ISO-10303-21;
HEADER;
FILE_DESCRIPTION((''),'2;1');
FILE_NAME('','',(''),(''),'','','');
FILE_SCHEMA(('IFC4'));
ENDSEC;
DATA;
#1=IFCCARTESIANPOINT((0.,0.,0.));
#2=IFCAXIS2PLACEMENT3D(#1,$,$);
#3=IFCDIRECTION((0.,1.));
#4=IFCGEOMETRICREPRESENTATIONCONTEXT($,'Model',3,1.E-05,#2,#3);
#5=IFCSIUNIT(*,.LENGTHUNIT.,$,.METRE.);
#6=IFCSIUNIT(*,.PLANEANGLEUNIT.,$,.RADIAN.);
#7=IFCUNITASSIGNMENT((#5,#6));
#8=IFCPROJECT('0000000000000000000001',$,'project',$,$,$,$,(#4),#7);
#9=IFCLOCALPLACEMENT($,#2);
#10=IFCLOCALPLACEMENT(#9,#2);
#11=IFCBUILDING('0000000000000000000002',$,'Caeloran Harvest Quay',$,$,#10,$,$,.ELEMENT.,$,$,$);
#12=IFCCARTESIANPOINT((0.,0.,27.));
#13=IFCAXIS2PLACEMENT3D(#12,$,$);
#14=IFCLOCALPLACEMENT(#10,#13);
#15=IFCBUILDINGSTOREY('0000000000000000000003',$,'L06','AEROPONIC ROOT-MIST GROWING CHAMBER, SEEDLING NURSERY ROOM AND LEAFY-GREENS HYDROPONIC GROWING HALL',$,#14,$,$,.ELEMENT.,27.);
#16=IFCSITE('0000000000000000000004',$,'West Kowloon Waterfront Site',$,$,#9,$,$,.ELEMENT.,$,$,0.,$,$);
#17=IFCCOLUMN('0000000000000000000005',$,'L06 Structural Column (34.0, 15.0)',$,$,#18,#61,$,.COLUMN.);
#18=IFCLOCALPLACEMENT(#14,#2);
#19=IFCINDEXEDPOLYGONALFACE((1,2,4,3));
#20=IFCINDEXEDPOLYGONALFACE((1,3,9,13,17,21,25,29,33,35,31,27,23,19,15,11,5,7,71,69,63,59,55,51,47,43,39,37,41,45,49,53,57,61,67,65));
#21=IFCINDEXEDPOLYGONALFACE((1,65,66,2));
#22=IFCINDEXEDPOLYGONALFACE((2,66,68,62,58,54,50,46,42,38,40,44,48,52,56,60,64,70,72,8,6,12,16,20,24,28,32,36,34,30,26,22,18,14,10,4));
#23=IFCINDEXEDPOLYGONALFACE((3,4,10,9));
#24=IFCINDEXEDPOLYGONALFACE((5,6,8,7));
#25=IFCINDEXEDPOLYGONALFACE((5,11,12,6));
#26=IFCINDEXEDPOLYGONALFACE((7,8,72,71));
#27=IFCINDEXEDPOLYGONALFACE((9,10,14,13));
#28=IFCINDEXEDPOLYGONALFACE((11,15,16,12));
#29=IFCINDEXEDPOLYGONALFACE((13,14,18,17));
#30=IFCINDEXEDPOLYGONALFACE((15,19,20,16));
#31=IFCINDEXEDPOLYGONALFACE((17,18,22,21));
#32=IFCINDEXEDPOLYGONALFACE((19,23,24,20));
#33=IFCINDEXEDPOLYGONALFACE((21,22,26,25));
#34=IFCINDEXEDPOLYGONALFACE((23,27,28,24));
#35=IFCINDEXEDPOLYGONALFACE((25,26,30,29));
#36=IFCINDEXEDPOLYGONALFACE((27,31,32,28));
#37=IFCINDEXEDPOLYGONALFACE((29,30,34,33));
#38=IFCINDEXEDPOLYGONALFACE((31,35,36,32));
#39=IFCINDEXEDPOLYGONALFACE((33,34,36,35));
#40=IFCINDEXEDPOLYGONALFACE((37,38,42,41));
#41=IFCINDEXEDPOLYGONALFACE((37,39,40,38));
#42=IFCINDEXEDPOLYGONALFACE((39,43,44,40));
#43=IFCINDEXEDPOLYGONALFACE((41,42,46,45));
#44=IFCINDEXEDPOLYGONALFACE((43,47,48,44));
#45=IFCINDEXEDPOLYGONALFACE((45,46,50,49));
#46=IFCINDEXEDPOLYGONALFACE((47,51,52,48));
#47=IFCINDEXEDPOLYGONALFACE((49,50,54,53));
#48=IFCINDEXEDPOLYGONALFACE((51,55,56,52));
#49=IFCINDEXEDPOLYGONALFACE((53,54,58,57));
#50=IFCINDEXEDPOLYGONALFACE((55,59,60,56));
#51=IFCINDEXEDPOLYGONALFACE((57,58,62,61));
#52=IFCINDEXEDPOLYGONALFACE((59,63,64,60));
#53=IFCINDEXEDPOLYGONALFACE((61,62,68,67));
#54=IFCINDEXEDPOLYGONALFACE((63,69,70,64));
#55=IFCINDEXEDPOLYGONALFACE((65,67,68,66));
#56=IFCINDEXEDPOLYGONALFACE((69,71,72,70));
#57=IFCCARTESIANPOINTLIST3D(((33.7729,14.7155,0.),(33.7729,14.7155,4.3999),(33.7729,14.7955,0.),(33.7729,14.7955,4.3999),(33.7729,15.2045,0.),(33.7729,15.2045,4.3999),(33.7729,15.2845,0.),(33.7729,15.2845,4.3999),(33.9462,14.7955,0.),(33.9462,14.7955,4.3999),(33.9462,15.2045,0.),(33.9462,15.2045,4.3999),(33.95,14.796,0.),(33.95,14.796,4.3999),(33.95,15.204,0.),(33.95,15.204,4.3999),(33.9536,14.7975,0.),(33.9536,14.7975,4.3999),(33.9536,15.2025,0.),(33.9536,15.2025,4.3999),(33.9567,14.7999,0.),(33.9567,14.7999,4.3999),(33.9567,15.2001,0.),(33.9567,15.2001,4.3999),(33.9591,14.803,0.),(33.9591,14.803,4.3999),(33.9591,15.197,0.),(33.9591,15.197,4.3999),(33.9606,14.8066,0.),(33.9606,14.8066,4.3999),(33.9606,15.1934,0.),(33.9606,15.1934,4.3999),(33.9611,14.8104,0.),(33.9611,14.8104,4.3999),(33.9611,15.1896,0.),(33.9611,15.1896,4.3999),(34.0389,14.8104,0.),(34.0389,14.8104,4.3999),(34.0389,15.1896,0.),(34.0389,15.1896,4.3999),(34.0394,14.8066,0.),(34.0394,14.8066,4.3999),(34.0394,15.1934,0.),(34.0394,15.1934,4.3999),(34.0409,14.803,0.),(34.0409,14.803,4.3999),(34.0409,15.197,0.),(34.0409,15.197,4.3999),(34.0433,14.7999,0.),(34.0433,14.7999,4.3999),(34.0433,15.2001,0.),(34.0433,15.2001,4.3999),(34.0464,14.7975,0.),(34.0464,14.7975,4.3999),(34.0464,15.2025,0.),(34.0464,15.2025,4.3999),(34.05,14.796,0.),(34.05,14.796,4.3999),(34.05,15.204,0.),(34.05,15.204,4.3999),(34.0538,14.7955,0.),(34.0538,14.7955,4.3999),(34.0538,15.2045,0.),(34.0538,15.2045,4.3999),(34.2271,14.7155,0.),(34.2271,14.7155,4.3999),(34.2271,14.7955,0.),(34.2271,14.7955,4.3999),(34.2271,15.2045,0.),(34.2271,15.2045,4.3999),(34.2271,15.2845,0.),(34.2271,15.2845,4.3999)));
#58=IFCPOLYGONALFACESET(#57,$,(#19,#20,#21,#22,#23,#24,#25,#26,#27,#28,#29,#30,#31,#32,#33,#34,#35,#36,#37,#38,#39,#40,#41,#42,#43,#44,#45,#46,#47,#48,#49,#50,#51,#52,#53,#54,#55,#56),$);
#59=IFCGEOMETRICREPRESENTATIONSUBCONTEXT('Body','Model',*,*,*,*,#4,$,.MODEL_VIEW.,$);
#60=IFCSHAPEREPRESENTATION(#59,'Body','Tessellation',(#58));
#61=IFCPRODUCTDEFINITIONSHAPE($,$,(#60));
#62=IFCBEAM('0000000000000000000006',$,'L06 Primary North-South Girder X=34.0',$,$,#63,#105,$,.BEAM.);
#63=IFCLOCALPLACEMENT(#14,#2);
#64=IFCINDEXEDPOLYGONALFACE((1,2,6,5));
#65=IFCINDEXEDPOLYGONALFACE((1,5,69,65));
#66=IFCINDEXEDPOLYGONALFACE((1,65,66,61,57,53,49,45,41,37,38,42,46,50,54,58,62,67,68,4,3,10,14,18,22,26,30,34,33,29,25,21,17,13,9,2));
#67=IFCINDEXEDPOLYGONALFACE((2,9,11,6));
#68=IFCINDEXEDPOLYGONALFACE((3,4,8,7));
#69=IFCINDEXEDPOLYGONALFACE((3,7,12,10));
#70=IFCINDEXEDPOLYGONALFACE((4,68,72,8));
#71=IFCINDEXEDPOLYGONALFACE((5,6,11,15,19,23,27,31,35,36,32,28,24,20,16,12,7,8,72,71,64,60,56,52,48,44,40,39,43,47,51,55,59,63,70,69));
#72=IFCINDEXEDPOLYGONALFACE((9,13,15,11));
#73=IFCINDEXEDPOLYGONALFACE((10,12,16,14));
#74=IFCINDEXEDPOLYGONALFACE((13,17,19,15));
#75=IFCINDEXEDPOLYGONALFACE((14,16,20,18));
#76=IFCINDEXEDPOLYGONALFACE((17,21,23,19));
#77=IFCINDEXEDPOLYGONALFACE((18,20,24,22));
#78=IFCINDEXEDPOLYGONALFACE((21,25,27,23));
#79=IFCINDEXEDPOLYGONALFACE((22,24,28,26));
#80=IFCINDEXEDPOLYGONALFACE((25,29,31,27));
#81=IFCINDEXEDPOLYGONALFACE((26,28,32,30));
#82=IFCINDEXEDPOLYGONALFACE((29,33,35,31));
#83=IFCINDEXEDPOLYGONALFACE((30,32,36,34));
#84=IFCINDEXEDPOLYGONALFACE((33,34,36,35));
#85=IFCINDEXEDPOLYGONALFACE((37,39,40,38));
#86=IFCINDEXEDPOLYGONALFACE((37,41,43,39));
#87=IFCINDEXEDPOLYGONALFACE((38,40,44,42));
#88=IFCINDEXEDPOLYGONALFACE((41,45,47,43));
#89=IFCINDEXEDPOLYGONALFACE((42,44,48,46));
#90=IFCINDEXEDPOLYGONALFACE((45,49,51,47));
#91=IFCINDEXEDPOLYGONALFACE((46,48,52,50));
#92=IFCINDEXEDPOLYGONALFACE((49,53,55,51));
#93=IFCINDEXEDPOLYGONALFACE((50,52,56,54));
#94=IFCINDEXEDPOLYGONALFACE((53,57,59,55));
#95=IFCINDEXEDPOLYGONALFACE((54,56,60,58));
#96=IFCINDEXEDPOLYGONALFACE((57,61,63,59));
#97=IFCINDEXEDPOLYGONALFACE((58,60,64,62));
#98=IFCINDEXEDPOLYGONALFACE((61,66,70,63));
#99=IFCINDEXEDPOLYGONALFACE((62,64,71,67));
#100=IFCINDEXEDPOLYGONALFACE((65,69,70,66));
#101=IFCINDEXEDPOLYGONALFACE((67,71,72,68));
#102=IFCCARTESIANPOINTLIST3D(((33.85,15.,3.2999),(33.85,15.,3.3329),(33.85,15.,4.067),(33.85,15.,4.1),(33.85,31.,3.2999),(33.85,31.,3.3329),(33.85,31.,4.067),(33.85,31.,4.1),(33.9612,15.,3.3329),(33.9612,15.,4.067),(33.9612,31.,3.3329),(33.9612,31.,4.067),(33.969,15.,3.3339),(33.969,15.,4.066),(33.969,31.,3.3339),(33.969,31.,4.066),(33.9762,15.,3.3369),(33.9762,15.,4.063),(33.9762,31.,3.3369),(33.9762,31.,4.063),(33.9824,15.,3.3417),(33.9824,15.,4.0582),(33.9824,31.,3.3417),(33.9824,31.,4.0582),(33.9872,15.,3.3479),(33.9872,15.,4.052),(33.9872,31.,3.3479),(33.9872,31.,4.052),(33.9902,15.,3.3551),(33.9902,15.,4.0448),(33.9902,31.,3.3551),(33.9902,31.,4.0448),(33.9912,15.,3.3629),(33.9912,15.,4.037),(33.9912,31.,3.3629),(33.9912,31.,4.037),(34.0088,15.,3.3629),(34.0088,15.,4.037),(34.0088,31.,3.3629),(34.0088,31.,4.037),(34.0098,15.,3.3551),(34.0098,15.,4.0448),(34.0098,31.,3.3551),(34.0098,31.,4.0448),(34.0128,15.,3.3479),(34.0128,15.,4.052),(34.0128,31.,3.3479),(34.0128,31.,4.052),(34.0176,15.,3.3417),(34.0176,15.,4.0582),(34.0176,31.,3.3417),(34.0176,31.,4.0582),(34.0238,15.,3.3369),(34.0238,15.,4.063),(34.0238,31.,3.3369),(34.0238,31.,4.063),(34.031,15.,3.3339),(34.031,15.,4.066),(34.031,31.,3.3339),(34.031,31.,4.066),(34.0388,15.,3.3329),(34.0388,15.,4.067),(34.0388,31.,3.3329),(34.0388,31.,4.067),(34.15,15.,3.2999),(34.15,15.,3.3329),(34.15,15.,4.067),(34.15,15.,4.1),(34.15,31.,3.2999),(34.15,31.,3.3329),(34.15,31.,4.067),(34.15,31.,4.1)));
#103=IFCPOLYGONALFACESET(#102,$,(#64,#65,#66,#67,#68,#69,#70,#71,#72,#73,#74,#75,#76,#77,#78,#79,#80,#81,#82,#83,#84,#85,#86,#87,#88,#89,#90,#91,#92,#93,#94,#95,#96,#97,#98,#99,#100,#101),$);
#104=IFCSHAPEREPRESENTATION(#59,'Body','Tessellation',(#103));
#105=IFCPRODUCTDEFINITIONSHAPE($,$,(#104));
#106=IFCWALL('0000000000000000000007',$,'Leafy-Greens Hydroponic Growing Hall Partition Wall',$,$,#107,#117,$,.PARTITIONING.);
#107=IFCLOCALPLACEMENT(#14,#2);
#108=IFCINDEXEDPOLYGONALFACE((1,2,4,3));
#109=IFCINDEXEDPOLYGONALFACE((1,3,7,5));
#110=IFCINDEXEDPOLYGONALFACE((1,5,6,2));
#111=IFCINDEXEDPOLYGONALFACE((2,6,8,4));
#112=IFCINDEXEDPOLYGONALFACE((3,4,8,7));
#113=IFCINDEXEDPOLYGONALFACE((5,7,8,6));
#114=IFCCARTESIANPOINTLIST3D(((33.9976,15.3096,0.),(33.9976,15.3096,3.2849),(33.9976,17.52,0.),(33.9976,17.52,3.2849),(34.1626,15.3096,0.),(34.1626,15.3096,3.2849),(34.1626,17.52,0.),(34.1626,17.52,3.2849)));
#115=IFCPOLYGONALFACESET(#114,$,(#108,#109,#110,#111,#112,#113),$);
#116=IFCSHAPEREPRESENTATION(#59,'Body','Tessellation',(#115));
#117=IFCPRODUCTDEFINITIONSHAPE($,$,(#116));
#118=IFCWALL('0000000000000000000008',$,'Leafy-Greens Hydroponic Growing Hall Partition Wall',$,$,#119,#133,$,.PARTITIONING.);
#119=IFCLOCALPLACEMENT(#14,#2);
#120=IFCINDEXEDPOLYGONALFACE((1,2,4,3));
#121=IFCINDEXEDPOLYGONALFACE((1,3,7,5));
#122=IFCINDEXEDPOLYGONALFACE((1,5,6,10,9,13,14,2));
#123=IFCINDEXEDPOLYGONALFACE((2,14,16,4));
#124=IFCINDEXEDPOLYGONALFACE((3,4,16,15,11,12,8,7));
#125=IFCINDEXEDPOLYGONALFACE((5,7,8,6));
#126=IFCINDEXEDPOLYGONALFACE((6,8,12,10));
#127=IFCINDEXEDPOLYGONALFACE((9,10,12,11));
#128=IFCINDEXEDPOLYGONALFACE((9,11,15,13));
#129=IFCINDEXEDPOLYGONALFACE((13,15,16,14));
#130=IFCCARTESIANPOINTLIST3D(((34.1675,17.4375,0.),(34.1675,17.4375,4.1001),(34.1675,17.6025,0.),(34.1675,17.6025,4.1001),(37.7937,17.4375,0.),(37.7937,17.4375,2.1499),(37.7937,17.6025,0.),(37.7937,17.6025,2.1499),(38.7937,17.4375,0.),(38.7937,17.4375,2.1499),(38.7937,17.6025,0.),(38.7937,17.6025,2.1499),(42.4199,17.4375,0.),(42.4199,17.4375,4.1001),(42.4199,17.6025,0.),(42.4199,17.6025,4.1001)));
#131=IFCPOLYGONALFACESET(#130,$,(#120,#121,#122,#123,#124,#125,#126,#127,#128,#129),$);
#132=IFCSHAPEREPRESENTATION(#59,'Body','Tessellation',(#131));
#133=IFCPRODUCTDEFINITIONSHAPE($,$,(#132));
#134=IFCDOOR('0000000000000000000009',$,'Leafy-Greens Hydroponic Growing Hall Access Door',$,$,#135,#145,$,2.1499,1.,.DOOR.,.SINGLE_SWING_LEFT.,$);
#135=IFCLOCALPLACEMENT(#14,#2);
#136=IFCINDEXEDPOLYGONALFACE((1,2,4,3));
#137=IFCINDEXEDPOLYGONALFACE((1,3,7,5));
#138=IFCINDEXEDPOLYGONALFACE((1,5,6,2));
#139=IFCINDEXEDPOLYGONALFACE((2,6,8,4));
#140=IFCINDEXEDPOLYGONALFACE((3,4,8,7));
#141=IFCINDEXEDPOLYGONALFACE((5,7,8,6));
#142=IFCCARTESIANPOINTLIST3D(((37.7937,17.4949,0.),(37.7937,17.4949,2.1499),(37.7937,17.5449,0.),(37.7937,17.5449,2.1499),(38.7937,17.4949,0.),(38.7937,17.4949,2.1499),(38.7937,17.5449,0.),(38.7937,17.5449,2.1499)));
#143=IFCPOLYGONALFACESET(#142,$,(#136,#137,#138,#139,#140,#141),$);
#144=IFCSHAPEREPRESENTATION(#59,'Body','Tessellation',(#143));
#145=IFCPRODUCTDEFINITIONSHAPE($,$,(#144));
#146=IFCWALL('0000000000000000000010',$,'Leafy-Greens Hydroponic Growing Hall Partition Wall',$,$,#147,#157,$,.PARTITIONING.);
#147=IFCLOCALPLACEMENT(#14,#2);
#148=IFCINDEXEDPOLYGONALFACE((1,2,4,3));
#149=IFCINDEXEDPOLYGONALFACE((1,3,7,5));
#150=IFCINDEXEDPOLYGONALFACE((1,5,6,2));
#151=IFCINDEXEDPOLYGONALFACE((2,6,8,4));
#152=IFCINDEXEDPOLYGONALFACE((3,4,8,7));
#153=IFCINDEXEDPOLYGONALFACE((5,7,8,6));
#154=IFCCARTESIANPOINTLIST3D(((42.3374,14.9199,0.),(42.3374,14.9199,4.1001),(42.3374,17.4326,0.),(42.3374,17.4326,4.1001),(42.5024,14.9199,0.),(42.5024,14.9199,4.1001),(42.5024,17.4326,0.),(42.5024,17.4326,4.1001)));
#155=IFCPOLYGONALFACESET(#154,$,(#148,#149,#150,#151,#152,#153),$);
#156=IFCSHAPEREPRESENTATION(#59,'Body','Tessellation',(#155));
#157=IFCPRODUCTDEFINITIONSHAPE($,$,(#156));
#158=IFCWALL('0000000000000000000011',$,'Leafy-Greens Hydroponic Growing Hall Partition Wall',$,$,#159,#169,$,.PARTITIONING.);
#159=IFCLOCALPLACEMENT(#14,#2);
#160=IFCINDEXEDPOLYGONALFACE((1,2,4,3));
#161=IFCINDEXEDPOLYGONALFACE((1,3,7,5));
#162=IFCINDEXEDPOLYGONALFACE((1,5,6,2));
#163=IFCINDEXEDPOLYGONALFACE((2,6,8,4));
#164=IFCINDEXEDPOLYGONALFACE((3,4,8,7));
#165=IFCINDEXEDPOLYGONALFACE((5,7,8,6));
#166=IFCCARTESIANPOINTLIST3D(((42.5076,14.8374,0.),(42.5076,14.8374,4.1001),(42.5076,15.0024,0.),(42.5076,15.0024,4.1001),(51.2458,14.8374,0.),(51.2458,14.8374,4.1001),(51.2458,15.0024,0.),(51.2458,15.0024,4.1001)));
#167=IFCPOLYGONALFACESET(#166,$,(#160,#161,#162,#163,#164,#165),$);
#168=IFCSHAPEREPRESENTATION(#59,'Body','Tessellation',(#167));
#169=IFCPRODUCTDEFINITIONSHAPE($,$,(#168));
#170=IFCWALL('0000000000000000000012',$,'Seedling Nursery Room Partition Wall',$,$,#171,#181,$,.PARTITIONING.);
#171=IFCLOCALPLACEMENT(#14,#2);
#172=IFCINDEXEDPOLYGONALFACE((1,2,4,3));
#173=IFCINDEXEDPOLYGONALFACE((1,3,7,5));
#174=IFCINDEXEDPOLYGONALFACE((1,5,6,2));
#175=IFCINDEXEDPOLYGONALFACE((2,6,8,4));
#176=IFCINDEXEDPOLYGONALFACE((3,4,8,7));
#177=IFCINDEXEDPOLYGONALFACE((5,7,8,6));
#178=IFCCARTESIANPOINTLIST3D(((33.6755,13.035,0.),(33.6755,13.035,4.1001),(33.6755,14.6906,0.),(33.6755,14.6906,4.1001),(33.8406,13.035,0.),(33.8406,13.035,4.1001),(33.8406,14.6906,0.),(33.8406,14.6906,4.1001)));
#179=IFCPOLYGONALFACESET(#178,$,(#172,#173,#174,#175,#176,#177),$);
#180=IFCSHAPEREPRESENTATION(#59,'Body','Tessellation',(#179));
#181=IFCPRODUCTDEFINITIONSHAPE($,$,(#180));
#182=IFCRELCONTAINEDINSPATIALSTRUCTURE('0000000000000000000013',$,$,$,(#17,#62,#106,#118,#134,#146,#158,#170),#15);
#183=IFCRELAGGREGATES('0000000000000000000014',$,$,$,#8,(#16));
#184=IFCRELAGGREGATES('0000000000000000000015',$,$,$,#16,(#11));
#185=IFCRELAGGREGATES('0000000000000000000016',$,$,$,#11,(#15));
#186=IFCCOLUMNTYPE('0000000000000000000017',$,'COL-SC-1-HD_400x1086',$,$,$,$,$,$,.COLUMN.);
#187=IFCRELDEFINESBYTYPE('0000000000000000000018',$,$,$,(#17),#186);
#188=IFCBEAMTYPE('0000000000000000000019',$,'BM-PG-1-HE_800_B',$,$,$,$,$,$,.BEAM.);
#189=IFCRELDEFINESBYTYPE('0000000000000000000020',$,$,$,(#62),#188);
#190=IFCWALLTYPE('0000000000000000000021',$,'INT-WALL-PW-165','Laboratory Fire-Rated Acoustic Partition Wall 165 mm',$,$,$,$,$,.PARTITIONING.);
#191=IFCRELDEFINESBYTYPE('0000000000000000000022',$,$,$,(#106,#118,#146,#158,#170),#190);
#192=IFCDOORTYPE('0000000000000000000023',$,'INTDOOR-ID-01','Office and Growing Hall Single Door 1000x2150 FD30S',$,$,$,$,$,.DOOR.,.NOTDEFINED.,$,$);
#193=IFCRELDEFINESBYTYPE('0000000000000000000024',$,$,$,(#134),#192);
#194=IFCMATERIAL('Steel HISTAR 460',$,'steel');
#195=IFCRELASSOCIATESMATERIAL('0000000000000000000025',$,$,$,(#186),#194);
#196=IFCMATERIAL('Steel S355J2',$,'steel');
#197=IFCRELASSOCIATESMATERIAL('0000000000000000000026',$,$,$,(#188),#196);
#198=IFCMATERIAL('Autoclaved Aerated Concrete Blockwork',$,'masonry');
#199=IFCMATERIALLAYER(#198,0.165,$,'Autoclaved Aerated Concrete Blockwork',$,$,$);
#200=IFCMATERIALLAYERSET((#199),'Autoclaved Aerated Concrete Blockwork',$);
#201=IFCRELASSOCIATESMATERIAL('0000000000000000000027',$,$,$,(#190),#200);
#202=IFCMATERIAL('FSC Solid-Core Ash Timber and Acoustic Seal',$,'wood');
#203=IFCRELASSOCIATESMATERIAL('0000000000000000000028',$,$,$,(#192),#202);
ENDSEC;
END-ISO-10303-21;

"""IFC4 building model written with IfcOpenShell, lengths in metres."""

from ifc_helpers import new_model, si_unit, direction, frame, frame_2d, origin, origin_2d, place, context, subcontext, project, spatial, rectangle, i_section, extrude, material, layer, layer_set, material_profile, profile_set, type_object, element, fill, save


model = new_model("IFC4")

# Units and contexts
model_context = context("Model", 3, precision=1e-05, world=origin(), true_north=direction((0.0, 1.0)))
body_context = subcontext(model_context, "Body", "Model", "MODEL_VIEW")
ifc_project = project(units=[si_unit("LENGTHUNIT", "METRE"), si_unit("PLANEANGLEUNIT", "RADIAN")], contexts=[model_context])

# Site, building, storey
site_placement = place(None, origin())
site = spatial("IfcSite", under=ifc_project, at=site_placement, Name="West Kowloon Waterfront Site", CompositionType="ELEMENT", RefElevation=0.0)
building_placement = place(site_placement, origin())
building = spatial("IfcBuilding", under=site, at=building_placement, Name="Caeloran Harvest Quay", CompositionType="ELEMENT")
storey_placement = place(building_placement, frame((0.0, 0.0, 27.0)))
storey = spatial("IfcBuildingStorey", under=building, at=storey_placement, Name="L06", Description="AEROPONIC ROOT-MIST GROWING CHAMBER, SEEDLING NURSERY ROOM AND LEAFY-GREENS HYDROPONIC GROWING HALL", CompositionType="ELEMENT", Elevation=27.0)

# Column
ifc_material_1 = material(Name="Steel HISTAR 460", Category="steel")
ifc_material_profile_1 = material_profile(ifc_material_1, i_section(OverallWidth=0.4541, OverallDepth=0.5691, WebThickness=0.0779, FlangeThickness=0.0801, FilletRadius=0.0149, at=origin_2d()), Name="HD 400x1086")
ifc_profile_set_1 = profile_set([ifc_material_profile_1], Name="Steel HISTAR 460")
column_type = type_object("IfcColumnType", Name="COL-SC-1-HD_400x1086", PredefinedType="COLUMN", material=ifc_profile_set_1)
column_placement = place(storey_placement, frame((34.0, 15.0, 0.0), z_axis=(0.0, 0.0, 1.0), x_axis=(1.0, 0.0, 0.0)))
element("IfcColumn", 1, at=column_placement, inside=storey, type_object=column_type, Name="L06 Structural Column (34.0, 15.0)", PredefinedType="COLUMN", context=body_context, shape_type="SweptSolid", body=[
    extrude(i_section(OverallWidth=0.4541, OverallDepth=0.5691, WebThickness=0.0779, FlangeThickness=0.0801, FilletRadius=0.0149, at=origin_2d()), origin(), (0.0, 0.0, 1.0), 4.3999),
])

# Beam
ifc_material_2 = material(Name="Steel S355J2", Category="steel")
ifc_material_profile_2 = material_profile(ifc_material_2, i_section(OverallWidth=0.3, OverallDepth=0.8, WebThickness=0.0176, FlangeThickness=0.033, FilletRadius=0.03, at=origin_2d()), Name="HE 800 B")
ifc_profile_set_2 = profile_set([ifc_material_profile_2], Name="Steel S355J2")
beam_type = type_object("IfcBeamType", Name="BM-PG-1-HE_800_B", PredefinedType="BEAM", material=ifc_profile_set_2)
beam_placement = place(storey_placement, frame((34.0, 15.0, 3.7), z_axis=(0.0, 1.0, 0.0), x_axis=(-1.0, 0.0, 0.0)))
element("IfcBeam", 2, at=beam_placement, inside=storey, type_object=beam_type, Name="L06 Primary North-South Girder X=34.0", PredefinedType="BEAM", context=body_context, shape_type="SweptSolid", body=[
    extrude(i_section(OverallWidth=0.3, OverallDepth=0.8, WebThickness=0.0176, FlangeThickness=0.033, FilletRadius=0.03, at=origin_2d()), origin(), (0.0, 0.0, 1.0), 16.0),
])

# Wall
ifc_material_3 = material(Name="Autoclaved Aerated Concrete Blockwork", Category="masonry")
ifc_layer_1 = layer(ifc_material_3, 0.165, Name="Autoclaved Aerated Concrete Blockwork")
ifc_layer_set_1 = layer_set([ifc_layer_1], Name="Autoclaved Aerated Concrete Blockwork")
wall_type_1 = type_object("IfcWallType", Name="INT-WALL-PW-165", Description="Laboratory Fire-Rated Acoustic Partition Wall 165 mm", PredefinedType="PARTITIONING", material=ifc_layer_set_1)
wall_1_placement = place(storey_placement, frame((34.0801, 15.3096, 0.0), z_axis=(0.0, 0.0, 1.0), x_axis=(0.0, 1.0, 0.0)))
element("IfcWall", 3, at=wall_1_placement, inside=storey, type_object=wall_type_1, Name="Leafy-Greens Hydroponic Growing Hall Partition Wall", PredefinedType="PARTITIONING", context=body_context, shape_type="SweptSolid", body=[
    extrude(rectangle(XDim=2.2104, YDim=0.165, at=frame_2d((1.1052, 0.0))), origin(), (0.0, 0.0, 1.0), 3.2849),
])

# Wall, opening, door
wall_2_placement = place(storey_placement, frame((34.1675, 17.52, 0.0), z_axis=(0.0, 0.0, 1.0), x_axis=(1.0, 0.0, 0.0)))
wall_2 = element("IfcWall", 4, at=wall_2_placement, inside=storey, type_object=wall_type_1, Name="Leafy-Greens Hydroponic Growing Hall Partition Wall", PredefinedType="PARTITIONING", context=body_context, shape_type="SweptSolid", body=[
    extrude(rectangle(XDim=8.2524, YDim=0.165, at=frame_2d((4.1262, 0.0))), origin(), (0.0, 0.0, 1.0), 4.1001),
])
opening_1_placement = place(wall_2_placement, frame((3.6262, 0.0, 0.0)))
opening_1 = element("IfcOpeningElement", 5, at=opening_1_placement, cuts=wall_2, PredefinedType="OPENING", context=body_context, shape_type="SweptSolid", body=[
    extrude(rectangle(XDim=1.0, YDim=2.1499, at=frame_2d((0.5, 1.075))), frame((0.0, 0.0925, 0.0), z_axis=(0.0, -1.0, 0.0), x_axis=(1.0, 0.0, 0.0)), (0.0, 0.0, 1.0), 0.1851),
])
ifc_material_4 = material(Name="FSC Solid-Core Ash Timber and Acoustic Seal", Category="wood")
door_type_1 = type_object("IfcDoorType", Name="INTDOOR-ID-01", Description="Office and Growing Hall Single Door 1000x2150 FD30S", OperationType="NOTDEFINED", PredefinedType="DOOR", material=ifc_material_4)
door_1_placement = place(opening_1_placement, origin())
door_1 = element("IfcDoor", 6, at=door_1_placement, inside=storey, type_object=door_type_1, Name="Leafy-Greens Hydroponic Growing Hall Access Door", OperationType="SINGLE_SWING_LEFT", OverallHeight=2.1499, OverallWidth=1.0, PredefinedType="DOOR", context=body_context, shape_type="SweptSolid", body=[
    extrude(rectangle(XDim=1.0, YDim=2.1499, at=frame_2d((0.5, 1.075))), frame((0.0, 0.0249, 0.0), z_axis=(0.0, -1.0, 0.0), x_axis=(1.0, 0.0, 0.0)), (0.0, 0.0, 1.0), 0.05),
])
fill(opening_1, door_1)

# Walls
wall_3_placement = place(storey_placement, frame((42.4199, 17.4326, 0.0), z_axis=(0.0, 0.0, 1.0), x_axis=(0.0, -1.0, 0.0)))
element("IfcWall", 7, at=wall_3_placement, inside=storey, type_object=wall_type_1, Name="Leafy-Greens Hydroponic Growing Hall Partition Wall", PredefinedType="PARTITIONING", context=body_context, shape_type="SweptSolid", body=[
    extrude(rectangle(XDim=2.5127, YDim=0.165, at=frame_2d((1.2563, 0.0))), origin(), (0.0, 0.0, 1.0), 4.1001),
])
wall_4_placement = place(storey_placement, frame((42.5076, 14.9199, 0.0), z_axis=(0.0, 0.0, 1.0), x_axis=(1.0, 0.0, 0.0)))
element("IfcWall", 8, at=wall_4_placement, inside=storey, type_object=wall_type_1, Name="Leafy-Greens Hydroponic Growing Hall Partition Wall", PredefinedType="PARTITIONING", context=body_context, shape_type="SweptSolid", body=[
    extrude(rectangle(XDim=8.7383, YDim=0.165, at=frame_2d((4.3691, 0.0))), origin(), (0.0, 0.0, 1.0), 4.1001),
])
wall_5_placement = place(storey_placement, frame((33.7581, 14.6904, 0.0), z_axis=(0.0, 0.0, 1.0), x_axis=(0.0, -1.0, 0.0)))
element("IfcWall", 9, at=wall_5_placement, inside=storey, type_object=wall_type_1, Name="Seedling Nursery Room Partition Wall", PredefinedType="PARTITIONING", context=body_context, shape_type="SweptSolid", body=[
    extrude(rectangle(XDim=1.6555, YDim=0.165, at=frame_2d((0.8276, 0.0))), origin(), (0.0, 0.0, 1.0), 4.1001),
])

save(model, "model.ifc")
